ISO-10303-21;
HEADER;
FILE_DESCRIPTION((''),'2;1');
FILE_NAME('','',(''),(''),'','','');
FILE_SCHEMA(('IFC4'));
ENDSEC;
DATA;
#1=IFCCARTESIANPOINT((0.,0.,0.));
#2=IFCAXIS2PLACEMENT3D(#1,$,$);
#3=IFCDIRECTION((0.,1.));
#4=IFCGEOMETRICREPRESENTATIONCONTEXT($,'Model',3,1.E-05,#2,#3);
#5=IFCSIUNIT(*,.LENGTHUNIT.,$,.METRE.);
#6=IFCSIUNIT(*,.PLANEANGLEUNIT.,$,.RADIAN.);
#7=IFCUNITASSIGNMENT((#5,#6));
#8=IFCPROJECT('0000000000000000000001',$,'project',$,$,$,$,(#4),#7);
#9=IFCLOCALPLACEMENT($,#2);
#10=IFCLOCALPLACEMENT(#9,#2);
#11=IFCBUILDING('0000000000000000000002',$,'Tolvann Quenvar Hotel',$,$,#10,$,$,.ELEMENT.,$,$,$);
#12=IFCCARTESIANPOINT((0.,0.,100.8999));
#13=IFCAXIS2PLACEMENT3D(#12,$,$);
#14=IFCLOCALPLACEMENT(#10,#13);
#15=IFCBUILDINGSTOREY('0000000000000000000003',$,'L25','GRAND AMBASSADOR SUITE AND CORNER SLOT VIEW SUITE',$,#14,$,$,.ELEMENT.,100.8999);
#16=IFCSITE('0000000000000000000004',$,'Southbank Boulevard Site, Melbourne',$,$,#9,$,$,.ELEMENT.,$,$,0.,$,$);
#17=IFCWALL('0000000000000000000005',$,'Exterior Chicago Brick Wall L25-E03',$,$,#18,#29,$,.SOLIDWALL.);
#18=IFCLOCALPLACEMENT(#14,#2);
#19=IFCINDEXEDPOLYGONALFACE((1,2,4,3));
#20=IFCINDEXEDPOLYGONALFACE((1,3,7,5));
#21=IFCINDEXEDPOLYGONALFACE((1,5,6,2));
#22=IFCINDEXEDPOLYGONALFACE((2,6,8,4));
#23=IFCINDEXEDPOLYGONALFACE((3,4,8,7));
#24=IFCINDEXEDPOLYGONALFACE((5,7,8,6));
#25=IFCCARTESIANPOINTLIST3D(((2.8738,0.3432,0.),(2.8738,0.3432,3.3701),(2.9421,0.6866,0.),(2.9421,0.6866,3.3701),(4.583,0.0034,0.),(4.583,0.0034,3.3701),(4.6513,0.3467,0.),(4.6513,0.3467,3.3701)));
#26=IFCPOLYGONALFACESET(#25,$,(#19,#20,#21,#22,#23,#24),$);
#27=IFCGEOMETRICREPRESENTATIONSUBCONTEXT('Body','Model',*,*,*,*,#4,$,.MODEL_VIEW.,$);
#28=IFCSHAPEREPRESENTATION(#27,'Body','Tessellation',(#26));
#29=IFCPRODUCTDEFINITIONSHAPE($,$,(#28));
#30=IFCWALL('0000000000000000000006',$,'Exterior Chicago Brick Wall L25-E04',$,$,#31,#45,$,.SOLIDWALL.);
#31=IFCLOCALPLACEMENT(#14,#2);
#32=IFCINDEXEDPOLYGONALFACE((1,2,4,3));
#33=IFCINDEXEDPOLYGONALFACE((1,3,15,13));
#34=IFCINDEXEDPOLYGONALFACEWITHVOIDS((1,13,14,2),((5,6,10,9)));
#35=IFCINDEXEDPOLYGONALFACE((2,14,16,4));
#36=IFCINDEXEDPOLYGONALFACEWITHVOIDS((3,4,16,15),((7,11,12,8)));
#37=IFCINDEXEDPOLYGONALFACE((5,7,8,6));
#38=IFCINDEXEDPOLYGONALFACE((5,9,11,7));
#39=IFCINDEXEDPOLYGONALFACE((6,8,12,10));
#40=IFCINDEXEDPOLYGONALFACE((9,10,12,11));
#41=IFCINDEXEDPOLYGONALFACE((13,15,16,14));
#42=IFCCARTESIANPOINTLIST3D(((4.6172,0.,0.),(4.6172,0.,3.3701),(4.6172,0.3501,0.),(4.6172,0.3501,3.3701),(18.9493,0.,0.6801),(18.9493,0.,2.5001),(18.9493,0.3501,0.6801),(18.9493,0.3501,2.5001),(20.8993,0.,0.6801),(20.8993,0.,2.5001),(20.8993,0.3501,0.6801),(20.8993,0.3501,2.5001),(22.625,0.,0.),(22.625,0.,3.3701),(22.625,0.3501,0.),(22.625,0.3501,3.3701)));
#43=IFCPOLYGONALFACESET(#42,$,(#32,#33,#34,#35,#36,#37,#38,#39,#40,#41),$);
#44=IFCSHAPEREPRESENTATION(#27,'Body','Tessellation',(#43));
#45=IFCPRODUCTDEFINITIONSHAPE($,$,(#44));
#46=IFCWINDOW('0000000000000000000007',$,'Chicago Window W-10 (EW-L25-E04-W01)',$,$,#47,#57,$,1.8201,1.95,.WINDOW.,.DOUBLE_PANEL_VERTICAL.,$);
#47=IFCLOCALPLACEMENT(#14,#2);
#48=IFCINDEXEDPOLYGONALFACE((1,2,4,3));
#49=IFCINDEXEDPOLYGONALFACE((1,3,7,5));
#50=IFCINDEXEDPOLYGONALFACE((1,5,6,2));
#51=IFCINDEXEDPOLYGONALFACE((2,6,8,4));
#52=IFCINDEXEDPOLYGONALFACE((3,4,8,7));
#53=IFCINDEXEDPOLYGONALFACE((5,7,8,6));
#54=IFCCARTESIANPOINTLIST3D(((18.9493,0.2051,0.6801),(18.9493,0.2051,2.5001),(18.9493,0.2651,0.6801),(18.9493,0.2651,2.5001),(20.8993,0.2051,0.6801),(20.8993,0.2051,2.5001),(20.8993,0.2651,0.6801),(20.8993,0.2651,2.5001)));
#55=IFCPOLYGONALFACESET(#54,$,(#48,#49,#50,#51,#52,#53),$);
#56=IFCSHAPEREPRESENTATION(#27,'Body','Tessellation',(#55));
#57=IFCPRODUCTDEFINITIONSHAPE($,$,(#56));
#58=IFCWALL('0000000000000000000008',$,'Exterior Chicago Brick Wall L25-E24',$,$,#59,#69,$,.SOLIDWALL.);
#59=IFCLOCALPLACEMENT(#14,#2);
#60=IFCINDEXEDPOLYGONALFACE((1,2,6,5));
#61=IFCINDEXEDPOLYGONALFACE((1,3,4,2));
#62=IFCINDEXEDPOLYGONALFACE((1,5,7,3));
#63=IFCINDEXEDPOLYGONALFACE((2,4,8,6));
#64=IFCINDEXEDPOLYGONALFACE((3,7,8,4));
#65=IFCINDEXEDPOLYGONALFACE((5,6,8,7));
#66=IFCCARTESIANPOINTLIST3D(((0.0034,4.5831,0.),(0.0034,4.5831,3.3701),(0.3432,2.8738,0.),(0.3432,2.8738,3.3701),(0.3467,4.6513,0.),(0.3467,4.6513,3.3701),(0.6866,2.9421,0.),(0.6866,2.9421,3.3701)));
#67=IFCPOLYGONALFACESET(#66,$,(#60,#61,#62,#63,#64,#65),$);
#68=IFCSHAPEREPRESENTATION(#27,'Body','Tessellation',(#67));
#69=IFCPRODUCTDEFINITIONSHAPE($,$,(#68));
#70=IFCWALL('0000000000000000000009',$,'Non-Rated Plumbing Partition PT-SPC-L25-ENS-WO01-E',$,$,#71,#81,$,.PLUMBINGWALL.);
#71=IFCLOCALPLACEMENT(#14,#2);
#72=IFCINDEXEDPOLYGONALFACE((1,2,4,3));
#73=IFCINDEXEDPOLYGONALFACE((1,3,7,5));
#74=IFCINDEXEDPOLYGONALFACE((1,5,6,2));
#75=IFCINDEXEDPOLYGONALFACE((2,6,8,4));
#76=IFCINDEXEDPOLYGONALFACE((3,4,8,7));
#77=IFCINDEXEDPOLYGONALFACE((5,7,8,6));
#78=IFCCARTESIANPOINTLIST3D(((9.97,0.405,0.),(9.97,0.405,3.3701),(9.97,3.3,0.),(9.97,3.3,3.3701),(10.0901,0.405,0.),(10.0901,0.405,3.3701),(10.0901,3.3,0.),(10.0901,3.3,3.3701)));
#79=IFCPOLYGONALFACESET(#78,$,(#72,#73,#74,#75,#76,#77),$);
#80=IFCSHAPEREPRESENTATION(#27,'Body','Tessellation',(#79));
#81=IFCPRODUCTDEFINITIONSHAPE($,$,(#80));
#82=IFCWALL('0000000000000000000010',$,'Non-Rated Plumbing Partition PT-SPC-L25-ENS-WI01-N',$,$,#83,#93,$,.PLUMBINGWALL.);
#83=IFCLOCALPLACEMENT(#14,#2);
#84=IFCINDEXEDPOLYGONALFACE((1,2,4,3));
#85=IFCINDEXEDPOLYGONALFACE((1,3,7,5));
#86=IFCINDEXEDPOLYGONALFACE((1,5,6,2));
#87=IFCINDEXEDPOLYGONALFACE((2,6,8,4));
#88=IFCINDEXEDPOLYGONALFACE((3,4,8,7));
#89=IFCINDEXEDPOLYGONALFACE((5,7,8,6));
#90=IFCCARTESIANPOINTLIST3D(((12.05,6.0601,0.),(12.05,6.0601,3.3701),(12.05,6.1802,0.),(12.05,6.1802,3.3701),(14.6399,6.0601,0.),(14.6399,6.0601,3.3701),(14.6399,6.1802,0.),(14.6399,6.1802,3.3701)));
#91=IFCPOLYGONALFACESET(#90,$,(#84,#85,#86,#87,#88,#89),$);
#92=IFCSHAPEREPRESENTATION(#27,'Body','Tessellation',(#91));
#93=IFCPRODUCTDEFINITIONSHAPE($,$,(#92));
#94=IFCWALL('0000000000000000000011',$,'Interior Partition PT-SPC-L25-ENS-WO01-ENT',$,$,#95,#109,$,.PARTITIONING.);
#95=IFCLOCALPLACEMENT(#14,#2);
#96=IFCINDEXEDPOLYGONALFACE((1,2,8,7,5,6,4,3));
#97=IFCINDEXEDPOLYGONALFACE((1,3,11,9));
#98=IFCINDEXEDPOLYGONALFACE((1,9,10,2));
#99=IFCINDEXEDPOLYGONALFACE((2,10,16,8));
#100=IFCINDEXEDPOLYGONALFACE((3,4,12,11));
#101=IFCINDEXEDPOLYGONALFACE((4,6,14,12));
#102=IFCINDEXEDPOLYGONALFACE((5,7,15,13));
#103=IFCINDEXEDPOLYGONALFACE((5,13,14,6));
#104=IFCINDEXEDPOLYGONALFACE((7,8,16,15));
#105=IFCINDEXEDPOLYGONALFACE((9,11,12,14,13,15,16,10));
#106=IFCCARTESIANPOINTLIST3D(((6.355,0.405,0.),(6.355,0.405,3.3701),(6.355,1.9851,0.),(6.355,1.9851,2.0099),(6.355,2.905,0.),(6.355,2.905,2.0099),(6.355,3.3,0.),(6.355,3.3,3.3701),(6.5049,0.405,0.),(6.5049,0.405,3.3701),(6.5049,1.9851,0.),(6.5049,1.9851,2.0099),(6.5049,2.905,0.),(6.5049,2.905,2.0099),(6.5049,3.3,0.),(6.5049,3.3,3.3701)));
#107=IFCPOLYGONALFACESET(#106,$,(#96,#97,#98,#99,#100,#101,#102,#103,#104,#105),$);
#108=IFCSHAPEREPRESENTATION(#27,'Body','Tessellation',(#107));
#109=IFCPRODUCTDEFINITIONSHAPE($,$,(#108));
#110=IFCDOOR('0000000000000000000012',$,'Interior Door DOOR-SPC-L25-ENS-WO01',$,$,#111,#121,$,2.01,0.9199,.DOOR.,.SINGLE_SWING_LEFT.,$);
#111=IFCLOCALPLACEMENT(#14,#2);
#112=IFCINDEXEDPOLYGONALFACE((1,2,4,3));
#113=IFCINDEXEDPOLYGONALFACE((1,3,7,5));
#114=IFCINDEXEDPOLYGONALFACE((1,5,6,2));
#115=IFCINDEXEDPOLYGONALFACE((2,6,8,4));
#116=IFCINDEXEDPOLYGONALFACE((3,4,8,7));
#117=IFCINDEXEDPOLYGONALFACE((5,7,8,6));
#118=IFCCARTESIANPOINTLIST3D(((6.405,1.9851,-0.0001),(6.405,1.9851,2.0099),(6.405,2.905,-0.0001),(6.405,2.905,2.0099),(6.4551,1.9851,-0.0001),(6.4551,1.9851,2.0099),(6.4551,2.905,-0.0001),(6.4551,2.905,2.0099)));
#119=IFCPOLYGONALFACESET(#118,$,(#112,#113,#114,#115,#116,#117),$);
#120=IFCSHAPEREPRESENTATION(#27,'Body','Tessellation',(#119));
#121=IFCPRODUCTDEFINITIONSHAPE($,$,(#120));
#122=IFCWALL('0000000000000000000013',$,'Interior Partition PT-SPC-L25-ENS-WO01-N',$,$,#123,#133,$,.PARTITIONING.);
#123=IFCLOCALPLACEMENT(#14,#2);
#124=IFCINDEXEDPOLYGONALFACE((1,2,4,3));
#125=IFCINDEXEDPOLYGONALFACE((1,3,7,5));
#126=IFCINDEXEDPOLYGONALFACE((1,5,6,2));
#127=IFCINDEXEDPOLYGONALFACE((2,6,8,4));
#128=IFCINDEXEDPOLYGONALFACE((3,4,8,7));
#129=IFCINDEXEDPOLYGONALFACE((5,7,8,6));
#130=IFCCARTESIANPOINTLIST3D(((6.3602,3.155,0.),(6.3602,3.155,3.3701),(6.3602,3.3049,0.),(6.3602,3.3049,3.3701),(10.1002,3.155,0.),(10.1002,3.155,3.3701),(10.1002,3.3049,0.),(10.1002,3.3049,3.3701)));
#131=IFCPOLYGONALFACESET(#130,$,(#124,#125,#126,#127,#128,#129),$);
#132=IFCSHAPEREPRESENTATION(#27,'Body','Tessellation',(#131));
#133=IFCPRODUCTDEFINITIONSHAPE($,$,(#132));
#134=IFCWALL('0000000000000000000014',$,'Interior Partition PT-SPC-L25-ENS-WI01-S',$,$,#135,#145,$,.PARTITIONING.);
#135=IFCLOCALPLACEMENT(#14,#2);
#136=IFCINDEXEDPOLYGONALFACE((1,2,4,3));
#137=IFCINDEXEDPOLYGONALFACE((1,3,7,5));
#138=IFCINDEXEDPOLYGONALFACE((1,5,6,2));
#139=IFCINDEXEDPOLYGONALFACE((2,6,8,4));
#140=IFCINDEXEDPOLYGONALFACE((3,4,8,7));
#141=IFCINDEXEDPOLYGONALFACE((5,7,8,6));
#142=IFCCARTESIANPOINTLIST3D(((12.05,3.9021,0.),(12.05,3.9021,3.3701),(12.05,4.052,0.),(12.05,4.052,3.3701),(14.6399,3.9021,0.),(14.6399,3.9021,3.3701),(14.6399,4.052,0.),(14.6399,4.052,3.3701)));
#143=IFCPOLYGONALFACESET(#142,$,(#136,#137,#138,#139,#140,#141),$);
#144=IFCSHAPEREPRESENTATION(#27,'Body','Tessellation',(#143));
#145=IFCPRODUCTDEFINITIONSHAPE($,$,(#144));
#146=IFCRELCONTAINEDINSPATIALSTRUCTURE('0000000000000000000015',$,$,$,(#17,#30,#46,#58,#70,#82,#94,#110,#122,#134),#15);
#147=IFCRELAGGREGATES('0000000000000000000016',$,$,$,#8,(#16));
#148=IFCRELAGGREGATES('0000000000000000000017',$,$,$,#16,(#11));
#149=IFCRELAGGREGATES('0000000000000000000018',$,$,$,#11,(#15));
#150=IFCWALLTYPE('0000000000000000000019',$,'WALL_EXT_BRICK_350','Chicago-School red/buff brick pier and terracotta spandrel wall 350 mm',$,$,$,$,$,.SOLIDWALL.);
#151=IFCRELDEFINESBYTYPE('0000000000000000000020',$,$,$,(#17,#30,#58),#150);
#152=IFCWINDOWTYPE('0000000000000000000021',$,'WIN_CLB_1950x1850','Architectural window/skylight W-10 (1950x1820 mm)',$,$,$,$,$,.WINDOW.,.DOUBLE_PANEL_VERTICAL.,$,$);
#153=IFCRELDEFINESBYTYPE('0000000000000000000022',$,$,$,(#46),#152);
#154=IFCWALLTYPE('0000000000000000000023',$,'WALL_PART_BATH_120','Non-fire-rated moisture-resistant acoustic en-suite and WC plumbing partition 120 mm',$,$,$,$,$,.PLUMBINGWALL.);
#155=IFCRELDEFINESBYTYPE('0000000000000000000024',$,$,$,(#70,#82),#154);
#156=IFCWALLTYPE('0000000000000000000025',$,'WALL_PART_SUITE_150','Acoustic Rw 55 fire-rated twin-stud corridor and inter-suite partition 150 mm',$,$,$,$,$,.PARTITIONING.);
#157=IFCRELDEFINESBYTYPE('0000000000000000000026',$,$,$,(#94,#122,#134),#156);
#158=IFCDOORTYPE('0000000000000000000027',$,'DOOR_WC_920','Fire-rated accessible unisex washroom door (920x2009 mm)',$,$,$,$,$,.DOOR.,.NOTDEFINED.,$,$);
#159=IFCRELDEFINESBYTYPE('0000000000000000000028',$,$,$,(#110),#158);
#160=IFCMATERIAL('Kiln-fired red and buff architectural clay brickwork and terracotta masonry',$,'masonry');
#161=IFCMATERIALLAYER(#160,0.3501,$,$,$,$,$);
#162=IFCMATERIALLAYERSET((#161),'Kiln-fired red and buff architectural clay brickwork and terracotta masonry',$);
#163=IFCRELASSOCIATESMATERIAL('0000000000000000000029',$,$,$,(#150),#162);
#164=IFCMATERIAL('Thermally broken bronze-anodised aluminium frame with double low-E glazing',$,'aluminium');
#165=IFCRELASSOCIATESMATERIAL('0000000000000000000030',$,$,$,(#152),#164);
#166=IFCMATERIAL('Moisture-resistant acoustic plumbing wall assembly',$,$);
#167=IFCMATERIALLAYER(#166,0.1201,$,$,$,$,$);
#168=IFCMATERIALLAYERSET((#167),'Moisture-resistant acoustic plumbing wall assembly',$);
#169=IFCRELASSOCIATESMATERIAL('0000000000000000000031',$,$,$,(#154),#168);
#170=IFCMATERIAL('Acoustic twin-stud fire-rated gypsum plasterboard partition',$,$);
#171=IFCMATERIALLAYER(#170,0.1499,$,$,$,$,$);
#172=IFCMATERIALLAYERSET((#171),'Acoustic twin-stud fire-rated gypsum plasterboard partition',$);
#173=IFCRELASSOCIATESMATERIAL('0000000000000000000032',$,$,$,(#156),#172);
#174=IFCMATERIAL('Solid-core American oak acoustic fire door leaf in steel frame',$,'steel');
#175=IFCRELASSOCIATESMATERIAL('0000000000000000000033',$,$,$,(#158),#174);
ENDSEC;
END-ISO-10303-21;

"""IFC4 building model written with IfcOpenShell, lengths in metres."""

from ifc_helpers import new_model, si_unit, direction, frame, frame_2d, origin, place, context, subcontext, project, spatial, rectangle, extrude, source, transform, mapped, material, layer, layer_set, type_object, type_shapes, element, fill, save


model = new_model("IFC4")

# Units and contexts
model_context = context("Model", 3, precision=1e-05, world=origin(), true_north=direction((0.0, 1.0)))
body_context = subcontext(model_context, "Body", "Model", "MODEL_VIEW")
ifc_project = project(units=[si_unit("LENGTHUNIT", "METRE"), si_unit("PLANEANGLEUNIT", "RADIAN")], contexts=[model_context])

# Site, building, storey
site_placement = place(None, origin())
site = spatial("IfcSite", under=ifc_project, at=site_placement, Name="Southbank Boulevard Site, Melbourne", CompositionType="ELEMENT", RefElevation=0.0)
building_placement = place(site_placement, origin())
building = spatial("IfcBuilding", under=site, at=building_placement, Name="Tolvann Quenvar Hotel", CompositionType="ELEMENT")
storey_placement = place(building_placement, frame((0.0, 0.0, 100.8999)))
storey = spatial("IfcBuildingStorey", under=building, at=storey_placement, Name="L25", Description="GRAND AMBASSADOR SUITE AND CORNER SLOT VIEW SUITE", CompositionType="ELEMENT", Elevation=100.8999)

# Wall
ifc_material_1 = material(Name="Kiln-fired red and buff architectural clay brickwork and terracotta masonry", Category="masonry")
ifc_layer_1 = layer(ifc_material_1, 0.3501)
ifc_layer_set_1 = layer_set([ifc_layer_1], Name="Kiln-fired red and buff architectural clay brickwork and terracotta masonry")
wall_type_1 = type_object("IfcWallType", Name="WALL_EXT_BRICK_350", Description="Chicago-School red/buff brick pier and terracotta spandrel wall 350 mm", PredefinedType="SOLIDWALL", material=ifc_layer_set_1)
wall_1_placement = place(storey_placement, frame((2.908, 0.5149, 0.0), z_axis=(0.0, 0.0, 1.0), x_axis=(0.980801, -0.195011, 0.0)))
element("IfcWall", 1, at=wall_1_placement, inside=storey, type_object=wall_type_1, Name="Exterior Chicago Brick Wall L25-E03", PredefinedType="SOLIDWALL", context=body_context, shape_type="SweptSolid", body=[
    extrude(rectangle(XDim=1.7427, YDim=0.3501, at=frame_2d((0.8713, 0.0))), origin(), (0.0, 0.0, 1.0), 3.3701),
])

# Wall, opening, window
wall_2_placement = place(storey_placement, frame((4.6172, 0.175, 0.0), z_axis=(0.0, 0.0, 1.0), x_axis=(1.0, 0.0, 0.0)))
wall_2 = element("IfcWall", 2, at=wall_2_placement, inside=storey, type_object=wall_type_1, Name="Exterior Chicago Brick Wall L25-E04", PredefinedType="SOLIDWALL", context=body_context, shape_type="SweptSolid", body=[
    extrude(rectangle(XDim=18.0078, YDim=0.3501, at=frame_2d((9.0039, 0.0))), origin(), (0.0, 0.0, 1.0), 3.3701),
])
opening_1_placement = place(wall_2_placement, frame((14.332, 0.0, 0.6799)))
opening_1 = element("IfcOpeningElement", 3, at=opening_1_placement, cuts=wall_2, PredefinedType="OPENING", context=body_context, shape_type="SweptSolid", body=[
    extrude(rectangle(XDim=1.95, YDim=1.8201, at=frame_2d((0.9751, 0.9102))), frame((0.0, 0.1851, 0.0), z_axis=(0.0, -1.0, 0.0), x_axis=(1.0, 0.0, 0.0)), (0.0, 0.0, 1.0), 0.3701),
])
ifc_material_2 = material(Name="Thermally broken bronze-anodised aluminium frame with double low-E glazing", Category="aluminium")
window_type = type_object("IfcWindowType", Name="WIN_CLB_1950x1850", Description="Architectural window/skylight W-10 (1950x1820 mm)", PartitioningType="DOUBLE_PANEL_VERTICAL", PredefinedType="WINDOW", material=ifc_material_2)
shared_shape_1 = source(origin(), body_context, "Body", "SweptSolid", [
    extrude(rectangle(XDim=1.95, YDim=1.8201, at=frame_2d((0.9751, 0.9102))), frame((0.0, 0.0901, 0.0), z_axis=(0.0, -1.0, 0.0), x_axis=(1.0, 0.0, 0.0)), (0.0, 0.0, 1.0), 0.0601),
])
type_shapes(window_type, [shared_shape_1])
window_placement = place(opening_1_placement, origin())
window = element("IfcWindow", 4, at=window_placement, inside=storey, type_object=window_type, Name="Chicago Window W-10 (EW-L25-E04-W01)", OverallHeight=1.8201, OverallWidth=1.95, PartitioningType="DOUBLE_PANEL_VERTICAL", PredefinedType="WINDOW", context=body_context, shape_type="MappedRepresentation", body=[
    mapped(shared_shape_1, transform((0.0, 0.0, 0.0), x_axis=(1.0, 0.0, 0.0), y_axis=(0.0, 1.0, 0.0), z_axis=(0.0, 0.0, 1.0), scale=1.0)),
])
fill(opening_1, window)

# Walls
wall_3_placement = place(storey_placement, frame((0.175, 4.6172, 0.0), z_axis=(0.0, 0.0, 1.0), x_axis=(0.195011, -0.980801, 0.0)))
element("IfcWall", 5, at=wall_3_placement, inside=storey, type_object=wall_type_1, Name="Exterior Chicago Brick Wall L25-E24", PredefinedType="SOLIDWALL", context=body_context, shape_type="SweptSolid", body=[
    extrude(rectangle(XDim=1.7427, YDim=0.3501, at=frame_2d((0.8713, 0.0))), origin(), (0.0, 0.0, 1.0), 3.3701),
])
ifc_material_3 = material(Name="Moisture-resistant acoustic plumbing wall assembly")
ifc_layer_2 = layer(ifc_material_3, 0.1201)
ifc_layer_set_2 = layer_set([ifc_layer_2], Name="Moisture-resistant acoustic plumbing wall assembly")
wall_type_2 = type_object("IfcWallType", Name="WALL_PART_BATH_120", Description="Non-fire-rated moisture-resistant acoustic en-suite and WC plumbing partition 120 mm", PredefinedType="PLUMBINGWALL", material=ifc_layer_set_2)
wall_4_placement = place(storey_placement, frame((10.03, 0.405, 0.0), z_axis=(0.0, 0.0, 1.0), x_axis=(0.0, 1.0, 0.0)))
element("IfcWall", 6, at=wall_4_placement, inside=storey, type_object=wall_type_2, Name="Non-Rated Plumbing Partition PT-SPC-L25-ENS-WO01-E", PredefinedType="PLUMBINGWALL", context=body_context, shape_type="SweptSolid", body=[
    extrude(rectangle(XDim=2.895, YDim=0.1201, at=frame_2d((1.4475, 0.0))), origin(), (0.0, 0.0, 1.0), 3.3701),
])
wall_5_placement = place(storey_placement, frame((12.05, 6.1201, 0.0), z_axis=(0.0, 0.0, 1.0), x_axis=(1.0, 0.0, 0.0)))
element("IfcWall", 7, at=wall_5_placement, inside=storey, type_object=wall_type_2, Name="Non-Rated Plumbing Partition PT-SPC-L25-ENS-WI01-N", PredefinedType="PLUMBINGWALL", context=body_context, shape_type="SweptSolid", body=[
    extrude(rectangle(XDim=2.5898, YDim=0.1201, at=frame_2d((1.2949, 0.0))), origin(), (0.0, 0.0, 1.0), 3.3701),
])

# Wall, opening, door
ifc_material_4 = material(Name="Acoustic twin-stud fire-rated gypsum plasterboard partition")
ifc_layer_3 = layer(ifc_material_4, 0.1499)
ifc_layer_set_3 = layer_set([ifc_layer_3], Name="Acoustic twin-stud fire-rated gypsum plasterboard partition")
wall_type_3 = type_object("IfcWallType", Name="WALL_PART_SUITE_150", Description="Acoustic Rw 55 fire-rated twin-stud corridor and inter-suite partition 150 mm", PredefinedType="PARTITIONING", material=ifc_layer_set_3)
wall_6_placement = place(storey_placement, frame((6.4299, 0.405, 0.0), z_axis=(0.0, 0.0, 1.0), x_axis=(0.0, 1.0, 0.0)))
wall_6 = element("IfcWall", 8, at=wall_6_placement, inside=storey, type_object=wall_type_3, Name="Interior Partition PT-SPC-L25-ENS-WO01-ENT", PredefinedType="PARTITIONING", context=body_context, shape_type="SweptSolid", body=[
    extrude(rectangle(XDim=2.895, YDim=0.1499, at=frame_2d((1.4475, 0.0))), origin(), (0.0, 0.0, 1.0), 3.3701),
])
opening_2_placement = place(wall_6_placement, frame((1.5801, 0.0, 0.0)))
opening_2 = element("IfcOpeningElement", 9, at=opening_2_placement, cuts=wall_6, PredefinedType="OPENING", context=body_context, shape_type="SweptSolid", body=[
    extrude(rectangle(XDim=0.9199, YDim=2.01, at=frame_2d((0.46, 1.0049))), frame((0.0, 0.085, 0.0), z_axis=(0.0, -1.0, 0.0), x_axis=(1.0, 0.0, 0.0)), (0.0, 0.0, 1.0), 0.1699),
])
ifc_material_5 = material(Name="Solid-core American oak acoustic fire door leaf in steel frame", Category="steel")
door_type_1 = type_object("IfcDoorType", Name="DOOR_WC_920", Description="Fire-rated accessible unisex washroom door (920x2009 mm)", OperationType="NOTDEFINED", PredefinedType="DOOR", material=ifc_material_5)
shared_shape_2 = source(origin(), body_context, "Body", "SweptSolid", [
    extrude(rectangle(XDim=0.9199, YDim=2.01, at=frame_2d((0.46, 1.0049))), frame((0.0, 0.0249, 0.0), z_axis=(0.0, -1.0, 0.0), x_axis=(1.0, 0.0, 0.0)), (0.0, 0.0, 1.0), 0.05),
])
type_shapes(door_type_1, [shared_shape_2])
door_1_placement = place(opening_2_placement, origin())
door_1 = element("IfcDoor", 10, at=door_1_placement, inside=storey, type_object=door_type_1, Name="Interior Door DOOR-SPC-L25-ENS-WO01", OperationType="SINGLE_SWING_LEFT", OverallHeight=2.01, OverallWidth=0.9199, PredefinedType="DOOR", context=body_context, shape_type="MappedRepresentation", body=[
    mapped(shared_shape_2, transform((0.0, 0.0, 0.0), x_axis=(1.0, 0.0, 0.0), y_axis=(0.0, 1.0, 0.0), z_axis=(0.0, 0.0, 1.0), scale=1.0)),
])
fill(opening_2, door_1)

# Walls
wall_7_placement = place(storey_placement, frame((6.3601, 3.23, 0.0), z_axis=(0.0, 0.0, 1.0), x_axis=(1.0, 0.0, 0.0)))
element("IfcWall", 11, at=wall_7_placement, inside=storey, type_object=wall_type_3, Name="Interior Partition PT-SPC-L25-ENS-WO01-N", PredefinedType="PARTITIONING", context=body_context, shape_type="SweptSolid", body=[
    extrude(rectangle(XDim=3.74, YDim=0.1499, at=frame_2d((1.8701, 0.0))), origin(), (0.0, 0.0, 1.0), 3.3701),
])
wall_8_placement = place(storey_placement, frame((12.05, 3.9771, 0.0), z_axis=(0.0, 0.0, 1.0), x_axis=(1.0, 0.0, 0.0)))
element("IfcWall", 12, at=wall_8_placement, inside=storey, type_object=wall_type_3, Name="Interior Partition PT-SPC-L25-ENS-WI01-S", PredefinedType="PARTITIONING", context=body_context, shape_type="SweptSolid", body=[
    extrude(rectangle(XDim=2.5898, YDim=0.1499, at=frame_2d((1.2949, 0.0))), origin(), (0.0, 0.0, 1.0), 3.3701),
])

save(model, "model.ifc")
